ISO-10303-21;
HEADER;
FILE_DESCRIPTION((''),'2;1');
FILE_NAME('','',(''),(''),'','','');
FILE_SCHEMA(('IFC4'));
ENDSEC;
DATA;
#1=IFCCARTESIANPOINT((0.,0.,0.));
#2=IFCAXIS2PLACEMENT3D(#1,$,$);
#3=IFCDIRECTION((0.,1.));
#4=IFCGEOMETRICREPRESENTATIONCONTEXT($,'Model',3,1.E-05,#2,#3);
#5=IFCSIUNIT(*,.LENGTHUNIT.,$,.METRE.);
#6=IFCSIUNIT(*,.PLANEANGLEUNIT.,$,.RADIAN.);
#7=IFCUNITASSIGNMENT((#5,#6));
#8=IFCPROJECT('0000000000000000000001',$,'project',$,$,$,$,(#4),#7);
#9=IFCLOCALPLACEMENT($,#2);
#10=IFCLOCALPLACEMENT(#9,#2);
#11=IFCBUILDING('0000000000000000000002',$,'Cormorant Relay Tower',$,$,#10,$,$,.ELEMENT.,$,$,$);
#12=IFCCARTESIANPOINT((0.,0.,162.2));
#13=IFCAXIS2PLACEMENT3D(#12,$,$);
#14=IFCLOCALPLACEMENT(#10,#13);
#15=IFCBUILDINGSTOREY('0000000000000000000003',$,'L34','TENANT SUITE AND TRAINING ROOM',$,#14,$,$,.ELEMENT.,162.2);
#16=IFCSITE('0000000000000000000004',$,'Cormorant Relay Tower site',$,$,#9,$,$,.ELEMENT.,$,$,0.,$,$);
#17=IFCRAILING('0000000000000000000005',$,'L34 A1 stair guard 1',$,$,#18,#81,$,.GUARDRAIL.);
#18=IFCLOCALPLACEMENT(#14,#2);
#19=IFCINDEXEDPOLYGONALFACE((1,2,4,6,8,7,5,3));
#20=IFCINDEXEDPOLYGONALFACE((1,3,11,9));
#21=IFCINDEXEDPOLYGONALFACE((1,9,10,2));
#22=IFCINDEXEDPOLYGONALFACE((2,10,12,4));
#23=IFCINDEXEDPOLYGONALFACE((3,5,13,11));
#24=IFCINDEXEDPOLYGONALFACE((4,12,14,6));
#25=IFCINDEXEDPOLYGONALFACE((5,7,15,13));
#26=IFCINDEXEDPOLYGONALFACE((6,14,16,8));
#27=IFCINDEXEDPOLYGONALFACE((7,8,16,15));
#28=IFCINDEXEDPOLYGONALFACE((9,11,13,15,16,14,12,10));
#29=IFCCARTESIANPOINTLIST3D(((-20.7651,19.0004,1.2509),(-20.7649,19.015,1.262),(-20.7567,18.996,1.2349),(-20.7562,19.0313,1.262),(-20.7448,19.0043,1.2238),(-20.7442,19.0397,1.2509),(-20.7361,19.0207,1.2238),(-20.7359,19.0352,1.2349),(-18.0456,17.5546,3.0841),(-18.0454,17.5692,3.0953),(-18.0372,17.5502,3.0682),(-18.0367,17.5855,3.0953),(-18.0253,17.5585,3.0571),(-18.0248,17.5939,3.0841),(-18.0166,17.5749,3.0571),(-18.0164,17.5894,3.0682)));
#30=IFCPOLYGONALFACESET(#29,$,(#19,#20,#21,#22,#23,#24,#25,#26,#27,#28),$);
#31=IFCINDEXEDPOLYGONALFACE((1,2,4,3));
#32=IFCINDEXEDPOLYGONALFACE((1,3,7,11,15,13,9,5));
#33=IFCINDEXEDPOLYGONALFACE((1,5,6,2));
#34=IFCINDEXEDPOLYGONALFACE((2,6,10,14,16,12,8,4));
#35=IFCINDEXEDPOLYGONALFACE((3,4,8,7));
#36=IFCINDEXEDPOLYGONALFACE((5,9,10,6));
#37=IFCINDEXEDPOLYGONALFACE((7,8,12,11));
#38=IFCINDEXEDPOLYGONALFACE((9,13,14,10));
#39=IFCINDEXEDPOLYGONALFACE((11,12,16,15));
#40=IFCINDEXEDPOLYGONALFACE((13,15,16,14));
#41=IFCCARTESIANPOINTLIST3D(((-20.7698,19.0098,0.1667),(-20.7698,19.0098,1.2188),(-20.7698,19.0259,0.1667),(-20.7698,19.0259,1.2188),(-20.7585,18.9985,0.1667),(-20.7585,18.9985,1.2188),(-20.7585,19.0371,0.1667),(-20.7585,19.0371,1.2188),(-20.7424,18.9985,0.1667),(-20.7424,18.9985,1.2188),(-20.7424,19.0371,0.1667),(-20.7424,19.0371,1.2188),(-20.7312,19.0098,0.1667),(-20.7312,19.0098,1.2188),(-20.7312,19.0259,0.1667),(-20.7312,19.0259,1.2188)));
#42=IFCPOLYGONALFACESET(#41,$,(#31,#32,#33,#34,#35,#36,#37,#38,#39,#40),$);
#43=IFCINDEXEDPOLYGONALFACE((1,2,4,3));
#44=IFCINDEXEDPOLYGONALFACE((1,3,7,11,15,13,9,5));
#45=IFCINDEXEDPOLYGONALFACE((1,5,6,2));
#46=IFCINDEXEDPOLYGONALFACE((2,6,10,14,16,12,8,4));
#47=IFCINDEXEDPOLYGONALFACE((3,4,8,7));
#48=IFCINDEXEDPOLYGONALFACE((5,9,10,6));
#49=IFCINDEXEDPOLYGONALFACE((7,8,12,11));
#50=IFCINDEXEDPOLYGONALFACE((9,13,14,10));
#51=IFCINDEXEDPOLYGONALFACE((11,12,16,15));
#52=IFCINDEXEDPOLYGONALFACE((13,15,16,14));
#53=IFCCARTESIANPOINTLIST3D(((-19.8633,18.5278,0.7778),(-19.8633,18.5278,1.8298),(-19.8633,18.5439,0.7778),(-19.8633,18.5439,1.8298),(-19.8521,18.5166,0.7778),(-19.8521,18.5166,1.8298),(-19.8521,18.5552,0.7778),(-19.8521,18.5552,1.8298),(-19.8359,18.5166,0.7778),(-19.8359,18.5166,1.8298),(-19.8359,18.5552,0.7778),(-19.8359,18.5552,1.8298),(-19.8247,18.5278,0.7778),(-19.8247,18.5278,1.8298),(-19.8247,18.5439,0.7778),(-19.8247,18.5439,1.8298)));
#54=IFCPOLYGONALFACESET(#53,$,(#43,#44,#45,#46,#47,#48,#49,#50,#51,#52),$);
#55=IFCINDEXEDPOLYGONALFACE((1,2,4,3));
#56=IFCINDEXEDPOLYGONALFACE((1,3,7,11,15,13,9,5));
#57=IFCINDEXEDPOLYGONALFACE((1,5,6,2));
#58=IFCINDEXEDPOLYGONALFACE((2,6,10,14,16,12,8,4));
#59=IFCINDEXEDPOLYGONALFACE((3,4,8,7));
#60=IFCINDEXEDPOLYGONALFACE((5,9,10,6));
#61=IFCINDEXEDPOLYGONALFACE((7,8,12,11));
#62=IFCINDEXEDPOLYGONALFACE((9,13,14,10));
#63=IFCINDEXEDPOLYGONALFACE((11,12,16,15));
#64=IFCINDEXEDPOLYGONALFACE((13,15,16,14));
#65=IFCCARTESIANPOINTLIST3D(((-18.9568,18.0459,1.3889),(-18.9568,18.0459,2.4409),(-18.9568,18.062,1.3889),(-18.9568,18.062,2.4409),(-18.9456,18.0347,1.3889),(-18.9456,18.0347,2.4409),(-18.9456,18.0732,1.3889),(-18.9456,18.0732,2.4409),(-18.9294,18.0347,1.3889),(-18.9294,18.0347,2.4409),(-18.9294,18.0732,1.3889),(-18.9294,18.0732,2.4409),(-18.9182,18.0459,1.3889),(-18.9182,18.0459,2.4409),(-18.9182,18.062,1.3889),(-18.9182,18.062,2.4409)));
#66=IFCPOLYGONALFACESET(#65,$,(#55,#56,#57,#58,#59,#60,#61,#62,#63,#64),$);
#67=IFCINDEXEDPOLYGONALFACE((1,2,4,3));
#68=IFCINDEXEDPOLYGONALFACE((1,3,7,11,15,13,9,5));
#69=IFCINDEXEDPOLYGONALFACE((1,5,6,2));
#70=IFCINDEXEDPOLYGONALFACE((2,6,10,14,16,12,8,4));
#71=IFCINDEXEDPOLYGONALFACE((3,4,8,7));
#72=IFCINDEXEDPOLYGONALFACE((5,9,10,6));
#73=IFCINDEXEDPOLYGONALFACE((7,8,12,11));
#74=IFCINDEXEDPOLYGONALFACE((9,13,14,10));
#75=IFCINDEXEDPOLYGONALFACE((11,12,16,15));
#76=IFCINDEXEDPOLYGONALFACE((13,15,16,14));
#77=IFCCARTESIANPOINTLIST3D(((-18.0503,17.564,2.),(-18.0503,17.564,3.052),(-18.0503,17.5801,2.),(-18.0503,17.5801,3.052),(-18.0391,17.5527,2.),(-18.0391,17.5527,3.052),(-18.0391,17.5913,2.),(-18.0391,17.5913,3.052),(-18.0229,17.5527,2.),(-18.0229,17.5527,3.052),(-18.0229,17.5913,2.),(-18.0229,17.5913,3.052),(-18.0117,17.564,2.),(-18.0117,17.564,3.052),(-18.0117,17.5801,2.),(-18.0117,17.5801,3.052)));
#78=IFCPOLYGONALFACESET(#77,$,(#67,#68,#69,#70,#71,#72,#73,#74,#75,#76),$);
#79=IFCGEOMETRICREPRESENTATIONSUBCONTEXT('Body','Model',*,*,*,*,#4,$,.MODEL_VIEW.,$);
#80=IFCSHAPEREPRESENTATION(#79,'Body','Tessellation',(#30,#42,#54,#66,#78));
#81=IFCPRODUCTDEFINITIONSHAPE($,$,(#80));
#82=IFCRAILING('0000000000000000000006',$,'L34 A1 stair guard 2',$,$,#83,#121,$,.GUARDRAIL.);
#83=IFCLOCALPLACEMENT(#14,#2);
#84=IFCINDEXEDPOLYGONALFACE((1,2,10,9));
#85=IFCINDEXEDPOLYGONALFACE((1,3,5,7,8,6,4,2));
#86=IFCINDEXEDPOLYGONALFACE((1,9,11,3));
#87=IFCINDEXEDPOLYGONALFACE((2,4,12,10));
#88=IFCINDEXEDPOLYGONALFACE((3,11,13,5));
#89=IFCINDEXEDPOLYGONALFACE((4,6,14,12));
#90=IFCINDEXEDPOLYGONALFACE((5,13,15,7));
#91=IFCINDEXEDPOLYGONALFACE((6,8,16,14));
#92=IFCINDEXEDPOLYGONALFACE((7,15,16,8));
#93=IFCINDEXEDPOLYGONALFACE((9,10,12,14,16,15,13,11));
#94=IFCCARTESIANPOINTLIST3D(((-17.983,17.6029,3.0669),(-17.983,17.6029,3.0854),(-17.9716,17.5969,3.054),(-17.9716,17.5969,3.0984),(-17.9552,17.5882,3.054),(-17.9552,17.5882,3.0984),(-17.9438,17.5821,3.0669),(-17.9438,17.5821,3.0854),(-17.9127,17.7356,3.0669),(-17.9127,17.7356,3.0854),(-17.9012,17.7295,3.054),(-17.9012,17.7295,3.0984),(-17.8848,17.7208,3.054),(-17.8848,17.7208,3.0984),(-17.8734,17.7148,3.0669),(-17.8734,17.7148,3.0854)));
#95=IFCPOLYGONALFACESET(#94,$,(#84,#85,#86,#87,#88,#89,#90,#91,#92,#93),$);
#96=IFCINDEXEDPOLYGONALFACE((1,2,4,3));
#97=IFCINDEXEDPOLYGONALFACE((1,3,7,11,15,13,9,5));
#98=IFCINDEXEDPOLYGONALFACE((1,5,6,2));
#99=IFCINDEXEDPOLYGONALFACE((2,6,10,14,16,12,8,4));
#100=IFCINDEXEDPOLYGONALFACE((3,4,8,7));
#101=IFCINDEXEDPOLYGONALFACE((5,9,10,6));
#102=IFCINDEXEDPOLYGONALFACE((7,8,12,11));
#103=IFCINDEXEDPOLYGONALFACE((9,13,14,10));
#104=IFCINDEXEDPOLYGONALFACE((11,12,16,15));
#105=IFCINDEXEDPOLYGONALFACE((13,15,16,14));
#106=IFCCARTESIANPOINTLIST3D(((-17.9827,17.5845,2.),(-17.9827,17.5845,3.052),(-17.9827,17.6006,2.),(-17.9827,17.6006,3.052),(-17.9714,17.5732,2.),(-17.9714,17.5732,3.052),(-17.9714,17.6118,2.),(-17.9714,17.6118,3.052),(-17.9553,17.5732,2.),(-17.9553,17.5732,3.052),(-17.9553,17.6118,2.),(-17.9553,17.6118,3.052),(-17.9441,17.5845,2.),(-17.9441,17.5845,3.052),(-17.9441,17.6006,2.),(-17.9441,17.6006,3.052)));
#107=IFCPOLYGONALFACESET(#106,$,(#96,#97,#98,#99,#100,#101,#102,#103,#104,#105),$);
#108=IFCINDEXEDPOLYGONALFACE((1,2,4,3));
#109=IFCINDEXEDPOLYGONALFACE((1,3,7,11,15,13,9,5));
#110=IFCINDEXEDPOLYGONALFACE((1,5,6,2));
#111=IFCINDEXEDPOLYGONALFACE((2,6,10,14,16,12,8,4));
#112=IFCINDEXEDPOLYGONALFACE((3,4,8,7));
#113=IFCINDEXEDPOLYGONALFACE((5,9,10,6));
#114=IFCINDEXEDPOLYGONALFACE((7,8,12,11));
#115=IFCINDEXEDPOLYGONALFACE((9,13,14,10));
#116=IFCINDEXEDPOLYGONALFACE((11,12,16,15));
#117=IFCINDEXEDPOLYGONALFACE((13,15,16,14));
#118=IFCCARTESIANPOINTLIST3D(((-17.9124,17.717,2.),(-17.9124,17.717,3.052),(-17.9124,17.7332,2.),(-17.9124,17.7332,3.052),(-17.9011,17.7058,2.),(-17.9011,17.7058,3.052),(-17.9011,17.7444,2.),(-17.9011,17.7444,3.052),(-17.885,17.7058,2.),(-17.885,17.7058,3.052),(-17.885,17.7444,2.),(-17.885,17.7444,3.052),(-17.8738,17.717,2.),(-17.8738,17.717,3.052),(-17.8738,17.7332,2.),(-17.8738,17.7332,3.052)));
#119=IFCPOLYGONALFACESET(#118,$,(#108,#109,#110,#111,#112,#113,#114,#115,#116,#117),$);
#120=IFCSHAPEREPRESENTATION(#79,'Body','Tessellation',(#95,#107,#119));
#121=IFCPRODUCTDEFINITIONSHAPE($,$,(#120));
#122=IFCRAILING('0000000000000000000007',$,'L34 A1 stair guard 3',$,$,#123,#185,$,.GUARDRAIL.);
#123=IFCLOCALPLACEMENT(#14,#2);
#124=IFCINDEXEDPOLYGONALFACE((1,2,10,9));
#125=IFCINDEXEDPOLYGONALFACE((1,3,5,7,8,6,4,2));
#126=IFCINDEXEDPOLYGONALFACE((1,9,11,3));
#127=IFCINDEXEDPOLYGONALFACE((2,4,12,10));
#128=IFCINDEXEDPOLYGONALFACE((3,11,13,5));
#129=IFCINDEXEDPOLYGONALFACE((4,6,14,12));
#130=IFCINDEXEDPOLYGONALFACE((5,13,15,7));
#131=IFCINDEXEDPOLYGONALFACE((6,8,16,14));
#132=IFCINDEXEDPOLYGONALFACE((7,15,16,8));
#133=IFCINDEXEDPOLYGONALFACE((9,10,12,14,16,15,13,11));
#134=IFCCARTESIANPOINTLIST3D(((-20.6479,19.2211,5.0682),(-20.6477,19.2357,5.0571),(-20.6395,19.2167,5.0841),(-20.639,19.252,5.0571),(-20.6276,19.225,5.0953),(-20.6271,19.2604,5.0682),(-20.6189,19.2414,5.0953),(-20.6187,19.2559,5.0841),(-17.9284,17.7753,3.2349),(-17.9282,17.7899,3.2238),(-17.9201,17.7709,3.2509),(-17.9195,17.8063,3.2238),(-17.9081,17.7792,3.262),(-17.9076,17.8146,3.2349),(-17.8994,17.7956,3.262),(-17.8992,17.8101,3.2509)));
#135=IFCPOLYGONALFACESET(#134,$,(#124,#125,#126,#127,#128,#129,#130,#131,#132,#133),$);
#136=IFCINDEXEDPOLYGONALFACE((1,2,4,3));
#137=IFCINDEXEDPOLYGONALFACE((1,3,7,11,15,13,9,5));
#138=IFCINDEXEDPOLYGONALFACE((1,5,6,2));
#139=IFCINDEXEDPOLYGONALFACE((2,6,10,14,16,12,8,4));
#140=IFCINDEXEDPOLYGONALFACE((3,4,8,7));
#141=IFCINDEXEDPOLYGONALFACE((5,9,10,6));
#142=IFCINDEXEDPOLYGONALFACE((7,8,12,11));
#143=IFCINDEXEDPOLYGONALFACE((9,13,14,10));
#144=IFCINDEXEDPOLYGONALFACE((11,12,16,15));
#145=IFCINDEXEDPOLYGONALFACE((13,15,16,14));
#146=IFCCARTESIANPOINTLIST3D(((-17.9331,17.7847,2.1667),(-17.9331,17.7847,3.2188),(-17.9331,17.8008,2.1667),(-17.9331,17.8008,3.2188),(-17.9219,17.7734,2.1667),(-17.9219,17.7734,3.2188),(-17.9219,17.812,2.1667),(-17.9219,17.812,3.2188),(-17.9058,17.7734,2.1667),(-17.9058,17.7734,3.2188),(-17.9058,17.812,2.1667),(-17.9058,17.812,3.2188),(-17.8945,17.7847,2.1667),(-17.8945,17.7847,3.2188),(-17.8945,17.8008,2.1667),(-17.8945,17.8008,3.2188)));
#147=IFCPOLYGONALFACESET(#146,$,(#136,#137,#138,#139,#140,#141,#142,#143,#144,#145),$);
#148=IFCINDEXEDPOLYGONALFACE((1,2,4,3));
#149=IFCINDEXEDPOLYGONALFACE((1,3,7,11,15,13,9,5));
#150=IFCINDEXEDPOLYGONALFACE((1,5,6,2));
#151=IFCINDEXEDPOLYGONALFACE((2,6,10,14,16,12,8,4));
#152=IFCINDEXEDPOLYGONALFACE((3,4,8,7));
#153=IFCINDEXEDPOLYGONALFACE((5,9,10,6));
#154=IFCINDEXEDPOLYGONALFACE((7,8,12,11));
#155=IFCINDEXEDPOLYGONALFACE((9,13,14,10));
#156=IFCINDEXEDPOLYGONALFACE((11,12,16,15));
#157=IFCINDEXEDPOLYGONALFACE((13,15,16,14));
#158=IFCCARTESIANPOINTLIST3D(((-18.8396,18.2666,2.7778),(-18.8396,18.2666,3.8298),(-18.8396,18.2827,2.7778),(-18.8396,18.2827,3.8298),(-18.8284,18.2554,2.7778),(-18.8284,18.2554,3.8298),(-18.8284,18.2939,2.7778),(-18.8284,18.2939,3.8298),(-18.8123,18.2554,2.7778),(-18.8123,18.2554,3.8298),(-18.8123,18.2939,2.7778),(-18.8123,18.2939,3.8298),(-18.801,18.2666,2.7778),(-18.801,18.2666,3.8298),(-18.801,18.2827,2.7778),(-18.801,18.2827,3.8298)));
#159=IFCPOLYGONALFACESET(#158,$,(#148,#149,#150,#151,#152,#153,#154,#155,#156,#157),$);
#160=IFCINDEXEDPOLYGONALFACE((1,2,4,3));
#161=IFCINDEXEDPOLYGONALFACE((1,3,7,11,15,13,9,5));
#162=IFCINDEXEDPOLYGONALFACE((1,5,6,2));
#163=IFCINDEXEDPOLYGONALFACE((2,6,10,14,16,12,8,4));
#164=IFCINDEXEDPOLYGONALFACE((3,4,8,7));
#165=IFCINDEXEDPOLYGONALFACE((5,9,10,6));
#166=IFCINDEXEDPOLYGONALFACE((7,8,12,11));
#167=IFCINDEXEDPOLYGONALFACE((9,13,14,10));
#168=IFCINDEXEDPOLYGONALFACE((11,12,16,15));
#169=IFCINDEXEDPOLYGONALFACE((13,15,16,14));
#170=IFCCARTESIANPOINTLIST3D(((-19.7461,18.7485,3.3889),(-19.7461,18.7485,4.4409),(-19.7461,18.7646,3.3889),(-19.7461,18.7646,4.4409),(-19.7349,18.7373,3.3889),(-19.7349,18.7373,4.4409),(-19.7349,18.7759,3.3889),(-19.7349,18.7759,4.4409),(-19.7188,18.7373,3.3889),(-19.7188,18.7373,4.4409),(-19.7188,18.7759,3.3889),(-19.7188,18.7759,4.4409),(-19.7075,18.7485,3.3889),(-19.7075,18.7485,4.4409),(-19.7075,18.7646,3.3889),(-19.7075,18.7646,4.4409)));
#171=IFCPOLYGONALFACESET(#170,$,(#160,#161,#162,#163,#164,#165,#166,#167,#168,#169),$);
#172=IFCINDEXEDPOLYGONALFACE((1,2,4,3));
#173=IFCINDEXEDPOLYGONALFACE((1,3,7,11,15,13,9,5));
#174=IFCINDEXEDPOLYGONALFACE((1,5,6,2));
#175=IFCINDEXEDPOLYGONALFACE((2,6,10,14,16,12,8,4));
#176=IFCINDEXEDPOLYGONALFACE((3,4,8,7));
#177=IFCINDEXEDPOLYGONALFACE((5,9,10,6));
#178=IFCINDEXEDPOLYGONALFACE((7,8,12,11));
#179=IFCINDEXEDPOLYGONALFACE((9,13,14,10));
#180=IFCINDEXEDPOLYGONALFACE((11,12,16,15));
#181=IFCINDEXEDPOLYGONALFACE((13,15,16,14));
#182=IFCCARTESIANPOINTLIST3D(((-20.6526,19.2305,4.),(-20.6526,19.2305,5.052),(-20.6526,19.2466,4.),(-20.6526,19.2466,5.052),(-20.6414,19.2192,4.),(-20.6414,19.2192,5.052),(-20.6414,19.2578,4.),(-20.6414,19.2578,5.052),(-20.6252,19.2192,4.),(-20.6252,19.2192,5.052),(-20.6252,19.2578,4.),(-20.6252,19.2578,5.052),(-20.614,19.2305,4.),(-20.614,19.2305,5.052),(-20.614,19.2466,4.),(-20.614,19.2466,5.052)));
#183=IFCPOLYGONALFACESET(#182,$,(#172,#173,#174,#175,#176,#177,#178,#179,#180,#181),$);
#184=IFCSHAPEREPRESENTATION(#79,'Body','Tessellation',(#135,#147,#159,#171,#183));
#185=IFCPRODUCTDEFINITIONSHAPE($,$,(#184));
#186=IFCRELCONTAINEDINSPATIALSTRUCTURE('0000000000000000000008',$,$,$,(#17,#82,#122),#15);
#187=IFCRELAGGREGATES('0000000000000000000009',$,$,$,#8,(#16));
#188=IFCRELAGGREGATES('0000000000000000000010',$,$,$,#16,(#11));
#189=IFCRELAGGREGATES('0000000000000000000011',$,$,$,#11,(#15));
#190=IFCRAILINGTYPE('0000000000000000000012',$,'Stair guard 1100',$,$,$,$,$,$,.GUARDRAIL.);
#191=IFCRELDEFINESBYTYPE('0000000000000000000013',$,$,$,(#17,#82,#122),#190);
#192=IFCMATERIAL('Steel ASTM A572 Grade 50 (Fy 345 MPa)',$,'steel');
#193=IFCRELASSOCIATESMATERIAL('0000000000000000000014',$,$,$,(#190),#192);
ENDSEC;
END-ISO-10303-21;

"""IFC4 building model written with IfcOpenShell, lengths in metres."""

from ifc_helpers import new_model, si_unit, direction, frame, origin, place, context, subcontext, project, spatial, polyline, outline, extrude, material, type_object, element, save


model = new_model("IFC4")

# Units and contexts
model_context = context("Model", 3, precision=1e-05, world=origin(), true_north=direction((0.0, 1.0)))
body_context = subcontext(model_context, "Body", "Model", "MODEL_VIEW")
ifc_project = project(units=[si_unit("LENGTHUNIT", "METRE"), si_unit("PLANEANGLEUNIT", "RADIAN")], contexts=[model_context])

# Site, building, storey
site_placement = place(None, origin())
site = spatial("IfcSite", under=ifc_project, at=site_placement, Name="Cormorant Relay Tower site", CompositionType="ELEMENT", RefElevation=0.0)
building_placement = place(site_placement, origin())
building = spatial("IfcBuilding", under=site, at=building_placement, Name="Cormorant Relay Tower", CompositionType="ELEMENT")
storey_placement = place(building_placement, frame((0.0, 0.0, 162.2)))
storey = spatial("IfcBuildingStorey", under=building, at=storey_placement, Name="L34", Description="TENANT SUITE AND TRAINING ROOM", CompositionType="ELEMENT", Elevation=162.2)

# Railings
ifc_material_1 = material(Name="Steel ASTM A572 Grade 50 (Fy 345 MPa)", Category="steel")
railing_type_1 = type_object("IfcRailingType", Name="Stair guard 1100", PredefinedType="GUARDRAIL", material=ifc_material_1)
railing_1_placement = place(storey_placement, frame((-20.7505, 19.0178, 0.1667)))
element("IfcRailing", 1, at=railing_1_placement, inside=storey, type_object=railing_type_1, Name="L34 A1 stair guard 1", PredefinedType="GUARDRAIL", context=body_context, shape_type="SweptSolid", body=[
    extrude(outline(polyline([(0.0222, 0.0093), (0.0093, 0.0222), (-0.0093, 0.0222), (-0.0222, 0.0093), (-0.0222, -0.0093), (-0.0093, -0.0222), (0.0093, -0.0222), (0.0222, -0.0093), (0.0222, 0.0093)])), frame((0.0, 0.0, 1.0762), z_axis=(0.758735, -0.403378, 0.511477), x_axis=(0.469428, 0.882971, 0.0)), (0.0, 0.0, 1.0), 3.5842),
    extrude(outline(polyline([(0.0193, 0.0081), (0.0081, 0.0193), (-0.0081, 0.0193), (-0.0193, 0.0081), (-0.0193, -0.0081), (-0.0081, -0.0193), (0.0081, -0.0193), (0.0193, -0.0081), (0.0193, 0.0081)])), origin(), (0.0, 0.0, 1.0), 1.052),
    extrude(outline(polyline([(0.0193, 0.0081), (0.0081, 0.0193), (-0.0081, 0.0193), (-0.0193, 0.0081), (-0.0193, -0.0081), (-0.0081, -0.0193), (0.0081, -0.0193), (0.0193, -0.0081), (0.0193, 0.0081)])), frame((0.9065, -0.4819, 0.6111)), (0.0, 0.0, 1.0), 1.052),
    extrude(outline(polyline([(0.0193, 0.0081), (0.0081, 0.0193), (-0.0081, 0.0193), (-0.0193, 0.0081), (-0.0193, -0.0081), (-0.0081, -0.0193), (0.0081, -0.0193), (0.0193, -0.0081), (0.0193, 0.0081)])), frame((1.813, -0.9639, 1.2222)), (0.0, 0.0, 1.0), 1.052),
    extrude(outline(polyline([(0.0193, 0.0081), (0.0081, 0.0193), (-0.0081, 0.0193), (-0.0193, 0.0081), (-0.0193, -0.0081), (-0.0081, -0.0193), (0.0081, -0.0193), (0.0193, -0.0081), (0.0193, 0.0081)])), frame((2.7195, -1.4458, 1.8333)), (0.0, 0.0, 1.0), 1.052),
])
railing_2_placement = place(storey_placement, frame((-17.9634, 17.5925, 2.0)))
element("IfcRailing", 2, at=railing_2_placement, inside=storey, type_object=railing_type_1, Name="L34 A1 stair guard 2", PredefinedType="GUARDRAIL", context=body_context, shape_type="SweptSolid", body=[
    extrude(outline(polyline([(0.0222, 0.0093), (0.0093, 0.0222), (-0.0093, 0.0222), (-0.0222, 0.0093), (-0.0222, -0.0093), (-0.0093, -0.0222), (0.0093, -0.0222), (0.0222, -0.0093), (0.0222, 0.0093)])), frame((0.0, 0.0, 1.0762), z_axis=(0.46856, 0.883431, 0.0), x_axis=(-0.883431, 0.46856, 0.0)), (0.0, 0.0, 1.0), 0.1501),
    extrude(outline(polyline([(0.0193, 0.0081), (0.0081, 0.0193), (-0.0081, 0.0193), (-0.0193, 0.0081), (-0.0193, -0.0081), (-0.0081, -0.0193), (0.0081, -0.0193), (0.0193, -0.0081), (0.0193, 0.0081)])), origin(), (0.0, 0.0, 1.0), 1.052),
    extrude(outline(polyline([(0.0193, 0.0081), (0.0081, 0.0193), (-0.0081, 0.0193), (-0.0193, 0.0081), (-0.0193, -0.0081), (-0.0081, -0.0193), (0.0081, -0.0193), (0.0193, -0.0081), (0.0193, 0.0081)])), frame((0.0703, 0.1326, 0.0)), (0.0, 0.0, 1.0), 1.052),
])
railing_3_placement = place(storey_placement, frame((-17.9138, 17.7927, 2.1667)))
element("IfcRailing", 3, at=railing_3_placement, inside=storey, type_object=railing_type_1, Name="L34 A1 stair guard 3", PredefinedType="GUARDRAIL", context=body_context, shape_type="SweptSolid", body=[
    extrude(outline(polyline([(0.0222, 0.0093), (0.0093, 0.0222), (-0.0093, 0.0222), (-0.0222, 0.0093), (-0.0222, -0.0093), (-0.0093, -0.0222), (0.0093, -0.0222), (0.0222, -0.0093), (0.0222, 0.0093)])), frame((0.0, 0.0, 1.0762), z_axis=(-0.758735, 0.403378, 0.511477), x_axis=(-0.469428, -0.882971, 0.0)), (0.0, 0.0, 1.0), 3.5842),
    extrude(outline(polyline([(0.0193, 0.0081), (0.0081, 0.0193), (-0.0081, 0.0193), (-0.0193, 0.0081), (-0.0193, -0.0081), (-0.0081, -0.0193), (0.0081, -0.0193), (0.0193, -0.0081), (0.0193, 0.0081)])), origin(), (0.0, 0.0, 1.0), 1.052),
    extrude(outline(polyline([(0.0193, 0.0081), (0.0081, 0.0193), (-0.0081, 0.0193), (-0.0193, 0.0081), (-0.0193, -0.0081), (-0.0081, -0.0193), (0.0081, -0.0193), (0.0193, -0.0081), (0.0193, 0.0081)])), frame((-0.9065, 0.4819, 0.6111)), (0.0, 0.0, 1.0), 1.052),
    extrude(outline(polyline([(0.0193, 0.0081), (0.0081, 0.0193), (-0.0081, 0.0193), (-0.0193, 0.0081), (-0.0193, -0.0081), (-0.0081, -0.0193), (0.0081, -0.0193), (0.0193, -0.0081), (0.0193, 0.0081)])), frame((-1.813, 0.9639, 1.2222)), (0.0, 0.0, 1.0), 1.052),
    extrude(outline(polyline([(0.0193, 0.0081), (0.0081, 0.0193), (-0.0081, 0.0193), (-0.0193, 0.0081), (-0.0193, -0.0081), (-0.0081, -0.0193), (0.0081, -0.0193), (0.0193, -0.0081), (0.0193, 0.0081)])), frame((-2.7195, 1.4458, 1.8333)), (0.0, 0.0, 1.0), 1.052),
])

save(model, "model.ifc")
